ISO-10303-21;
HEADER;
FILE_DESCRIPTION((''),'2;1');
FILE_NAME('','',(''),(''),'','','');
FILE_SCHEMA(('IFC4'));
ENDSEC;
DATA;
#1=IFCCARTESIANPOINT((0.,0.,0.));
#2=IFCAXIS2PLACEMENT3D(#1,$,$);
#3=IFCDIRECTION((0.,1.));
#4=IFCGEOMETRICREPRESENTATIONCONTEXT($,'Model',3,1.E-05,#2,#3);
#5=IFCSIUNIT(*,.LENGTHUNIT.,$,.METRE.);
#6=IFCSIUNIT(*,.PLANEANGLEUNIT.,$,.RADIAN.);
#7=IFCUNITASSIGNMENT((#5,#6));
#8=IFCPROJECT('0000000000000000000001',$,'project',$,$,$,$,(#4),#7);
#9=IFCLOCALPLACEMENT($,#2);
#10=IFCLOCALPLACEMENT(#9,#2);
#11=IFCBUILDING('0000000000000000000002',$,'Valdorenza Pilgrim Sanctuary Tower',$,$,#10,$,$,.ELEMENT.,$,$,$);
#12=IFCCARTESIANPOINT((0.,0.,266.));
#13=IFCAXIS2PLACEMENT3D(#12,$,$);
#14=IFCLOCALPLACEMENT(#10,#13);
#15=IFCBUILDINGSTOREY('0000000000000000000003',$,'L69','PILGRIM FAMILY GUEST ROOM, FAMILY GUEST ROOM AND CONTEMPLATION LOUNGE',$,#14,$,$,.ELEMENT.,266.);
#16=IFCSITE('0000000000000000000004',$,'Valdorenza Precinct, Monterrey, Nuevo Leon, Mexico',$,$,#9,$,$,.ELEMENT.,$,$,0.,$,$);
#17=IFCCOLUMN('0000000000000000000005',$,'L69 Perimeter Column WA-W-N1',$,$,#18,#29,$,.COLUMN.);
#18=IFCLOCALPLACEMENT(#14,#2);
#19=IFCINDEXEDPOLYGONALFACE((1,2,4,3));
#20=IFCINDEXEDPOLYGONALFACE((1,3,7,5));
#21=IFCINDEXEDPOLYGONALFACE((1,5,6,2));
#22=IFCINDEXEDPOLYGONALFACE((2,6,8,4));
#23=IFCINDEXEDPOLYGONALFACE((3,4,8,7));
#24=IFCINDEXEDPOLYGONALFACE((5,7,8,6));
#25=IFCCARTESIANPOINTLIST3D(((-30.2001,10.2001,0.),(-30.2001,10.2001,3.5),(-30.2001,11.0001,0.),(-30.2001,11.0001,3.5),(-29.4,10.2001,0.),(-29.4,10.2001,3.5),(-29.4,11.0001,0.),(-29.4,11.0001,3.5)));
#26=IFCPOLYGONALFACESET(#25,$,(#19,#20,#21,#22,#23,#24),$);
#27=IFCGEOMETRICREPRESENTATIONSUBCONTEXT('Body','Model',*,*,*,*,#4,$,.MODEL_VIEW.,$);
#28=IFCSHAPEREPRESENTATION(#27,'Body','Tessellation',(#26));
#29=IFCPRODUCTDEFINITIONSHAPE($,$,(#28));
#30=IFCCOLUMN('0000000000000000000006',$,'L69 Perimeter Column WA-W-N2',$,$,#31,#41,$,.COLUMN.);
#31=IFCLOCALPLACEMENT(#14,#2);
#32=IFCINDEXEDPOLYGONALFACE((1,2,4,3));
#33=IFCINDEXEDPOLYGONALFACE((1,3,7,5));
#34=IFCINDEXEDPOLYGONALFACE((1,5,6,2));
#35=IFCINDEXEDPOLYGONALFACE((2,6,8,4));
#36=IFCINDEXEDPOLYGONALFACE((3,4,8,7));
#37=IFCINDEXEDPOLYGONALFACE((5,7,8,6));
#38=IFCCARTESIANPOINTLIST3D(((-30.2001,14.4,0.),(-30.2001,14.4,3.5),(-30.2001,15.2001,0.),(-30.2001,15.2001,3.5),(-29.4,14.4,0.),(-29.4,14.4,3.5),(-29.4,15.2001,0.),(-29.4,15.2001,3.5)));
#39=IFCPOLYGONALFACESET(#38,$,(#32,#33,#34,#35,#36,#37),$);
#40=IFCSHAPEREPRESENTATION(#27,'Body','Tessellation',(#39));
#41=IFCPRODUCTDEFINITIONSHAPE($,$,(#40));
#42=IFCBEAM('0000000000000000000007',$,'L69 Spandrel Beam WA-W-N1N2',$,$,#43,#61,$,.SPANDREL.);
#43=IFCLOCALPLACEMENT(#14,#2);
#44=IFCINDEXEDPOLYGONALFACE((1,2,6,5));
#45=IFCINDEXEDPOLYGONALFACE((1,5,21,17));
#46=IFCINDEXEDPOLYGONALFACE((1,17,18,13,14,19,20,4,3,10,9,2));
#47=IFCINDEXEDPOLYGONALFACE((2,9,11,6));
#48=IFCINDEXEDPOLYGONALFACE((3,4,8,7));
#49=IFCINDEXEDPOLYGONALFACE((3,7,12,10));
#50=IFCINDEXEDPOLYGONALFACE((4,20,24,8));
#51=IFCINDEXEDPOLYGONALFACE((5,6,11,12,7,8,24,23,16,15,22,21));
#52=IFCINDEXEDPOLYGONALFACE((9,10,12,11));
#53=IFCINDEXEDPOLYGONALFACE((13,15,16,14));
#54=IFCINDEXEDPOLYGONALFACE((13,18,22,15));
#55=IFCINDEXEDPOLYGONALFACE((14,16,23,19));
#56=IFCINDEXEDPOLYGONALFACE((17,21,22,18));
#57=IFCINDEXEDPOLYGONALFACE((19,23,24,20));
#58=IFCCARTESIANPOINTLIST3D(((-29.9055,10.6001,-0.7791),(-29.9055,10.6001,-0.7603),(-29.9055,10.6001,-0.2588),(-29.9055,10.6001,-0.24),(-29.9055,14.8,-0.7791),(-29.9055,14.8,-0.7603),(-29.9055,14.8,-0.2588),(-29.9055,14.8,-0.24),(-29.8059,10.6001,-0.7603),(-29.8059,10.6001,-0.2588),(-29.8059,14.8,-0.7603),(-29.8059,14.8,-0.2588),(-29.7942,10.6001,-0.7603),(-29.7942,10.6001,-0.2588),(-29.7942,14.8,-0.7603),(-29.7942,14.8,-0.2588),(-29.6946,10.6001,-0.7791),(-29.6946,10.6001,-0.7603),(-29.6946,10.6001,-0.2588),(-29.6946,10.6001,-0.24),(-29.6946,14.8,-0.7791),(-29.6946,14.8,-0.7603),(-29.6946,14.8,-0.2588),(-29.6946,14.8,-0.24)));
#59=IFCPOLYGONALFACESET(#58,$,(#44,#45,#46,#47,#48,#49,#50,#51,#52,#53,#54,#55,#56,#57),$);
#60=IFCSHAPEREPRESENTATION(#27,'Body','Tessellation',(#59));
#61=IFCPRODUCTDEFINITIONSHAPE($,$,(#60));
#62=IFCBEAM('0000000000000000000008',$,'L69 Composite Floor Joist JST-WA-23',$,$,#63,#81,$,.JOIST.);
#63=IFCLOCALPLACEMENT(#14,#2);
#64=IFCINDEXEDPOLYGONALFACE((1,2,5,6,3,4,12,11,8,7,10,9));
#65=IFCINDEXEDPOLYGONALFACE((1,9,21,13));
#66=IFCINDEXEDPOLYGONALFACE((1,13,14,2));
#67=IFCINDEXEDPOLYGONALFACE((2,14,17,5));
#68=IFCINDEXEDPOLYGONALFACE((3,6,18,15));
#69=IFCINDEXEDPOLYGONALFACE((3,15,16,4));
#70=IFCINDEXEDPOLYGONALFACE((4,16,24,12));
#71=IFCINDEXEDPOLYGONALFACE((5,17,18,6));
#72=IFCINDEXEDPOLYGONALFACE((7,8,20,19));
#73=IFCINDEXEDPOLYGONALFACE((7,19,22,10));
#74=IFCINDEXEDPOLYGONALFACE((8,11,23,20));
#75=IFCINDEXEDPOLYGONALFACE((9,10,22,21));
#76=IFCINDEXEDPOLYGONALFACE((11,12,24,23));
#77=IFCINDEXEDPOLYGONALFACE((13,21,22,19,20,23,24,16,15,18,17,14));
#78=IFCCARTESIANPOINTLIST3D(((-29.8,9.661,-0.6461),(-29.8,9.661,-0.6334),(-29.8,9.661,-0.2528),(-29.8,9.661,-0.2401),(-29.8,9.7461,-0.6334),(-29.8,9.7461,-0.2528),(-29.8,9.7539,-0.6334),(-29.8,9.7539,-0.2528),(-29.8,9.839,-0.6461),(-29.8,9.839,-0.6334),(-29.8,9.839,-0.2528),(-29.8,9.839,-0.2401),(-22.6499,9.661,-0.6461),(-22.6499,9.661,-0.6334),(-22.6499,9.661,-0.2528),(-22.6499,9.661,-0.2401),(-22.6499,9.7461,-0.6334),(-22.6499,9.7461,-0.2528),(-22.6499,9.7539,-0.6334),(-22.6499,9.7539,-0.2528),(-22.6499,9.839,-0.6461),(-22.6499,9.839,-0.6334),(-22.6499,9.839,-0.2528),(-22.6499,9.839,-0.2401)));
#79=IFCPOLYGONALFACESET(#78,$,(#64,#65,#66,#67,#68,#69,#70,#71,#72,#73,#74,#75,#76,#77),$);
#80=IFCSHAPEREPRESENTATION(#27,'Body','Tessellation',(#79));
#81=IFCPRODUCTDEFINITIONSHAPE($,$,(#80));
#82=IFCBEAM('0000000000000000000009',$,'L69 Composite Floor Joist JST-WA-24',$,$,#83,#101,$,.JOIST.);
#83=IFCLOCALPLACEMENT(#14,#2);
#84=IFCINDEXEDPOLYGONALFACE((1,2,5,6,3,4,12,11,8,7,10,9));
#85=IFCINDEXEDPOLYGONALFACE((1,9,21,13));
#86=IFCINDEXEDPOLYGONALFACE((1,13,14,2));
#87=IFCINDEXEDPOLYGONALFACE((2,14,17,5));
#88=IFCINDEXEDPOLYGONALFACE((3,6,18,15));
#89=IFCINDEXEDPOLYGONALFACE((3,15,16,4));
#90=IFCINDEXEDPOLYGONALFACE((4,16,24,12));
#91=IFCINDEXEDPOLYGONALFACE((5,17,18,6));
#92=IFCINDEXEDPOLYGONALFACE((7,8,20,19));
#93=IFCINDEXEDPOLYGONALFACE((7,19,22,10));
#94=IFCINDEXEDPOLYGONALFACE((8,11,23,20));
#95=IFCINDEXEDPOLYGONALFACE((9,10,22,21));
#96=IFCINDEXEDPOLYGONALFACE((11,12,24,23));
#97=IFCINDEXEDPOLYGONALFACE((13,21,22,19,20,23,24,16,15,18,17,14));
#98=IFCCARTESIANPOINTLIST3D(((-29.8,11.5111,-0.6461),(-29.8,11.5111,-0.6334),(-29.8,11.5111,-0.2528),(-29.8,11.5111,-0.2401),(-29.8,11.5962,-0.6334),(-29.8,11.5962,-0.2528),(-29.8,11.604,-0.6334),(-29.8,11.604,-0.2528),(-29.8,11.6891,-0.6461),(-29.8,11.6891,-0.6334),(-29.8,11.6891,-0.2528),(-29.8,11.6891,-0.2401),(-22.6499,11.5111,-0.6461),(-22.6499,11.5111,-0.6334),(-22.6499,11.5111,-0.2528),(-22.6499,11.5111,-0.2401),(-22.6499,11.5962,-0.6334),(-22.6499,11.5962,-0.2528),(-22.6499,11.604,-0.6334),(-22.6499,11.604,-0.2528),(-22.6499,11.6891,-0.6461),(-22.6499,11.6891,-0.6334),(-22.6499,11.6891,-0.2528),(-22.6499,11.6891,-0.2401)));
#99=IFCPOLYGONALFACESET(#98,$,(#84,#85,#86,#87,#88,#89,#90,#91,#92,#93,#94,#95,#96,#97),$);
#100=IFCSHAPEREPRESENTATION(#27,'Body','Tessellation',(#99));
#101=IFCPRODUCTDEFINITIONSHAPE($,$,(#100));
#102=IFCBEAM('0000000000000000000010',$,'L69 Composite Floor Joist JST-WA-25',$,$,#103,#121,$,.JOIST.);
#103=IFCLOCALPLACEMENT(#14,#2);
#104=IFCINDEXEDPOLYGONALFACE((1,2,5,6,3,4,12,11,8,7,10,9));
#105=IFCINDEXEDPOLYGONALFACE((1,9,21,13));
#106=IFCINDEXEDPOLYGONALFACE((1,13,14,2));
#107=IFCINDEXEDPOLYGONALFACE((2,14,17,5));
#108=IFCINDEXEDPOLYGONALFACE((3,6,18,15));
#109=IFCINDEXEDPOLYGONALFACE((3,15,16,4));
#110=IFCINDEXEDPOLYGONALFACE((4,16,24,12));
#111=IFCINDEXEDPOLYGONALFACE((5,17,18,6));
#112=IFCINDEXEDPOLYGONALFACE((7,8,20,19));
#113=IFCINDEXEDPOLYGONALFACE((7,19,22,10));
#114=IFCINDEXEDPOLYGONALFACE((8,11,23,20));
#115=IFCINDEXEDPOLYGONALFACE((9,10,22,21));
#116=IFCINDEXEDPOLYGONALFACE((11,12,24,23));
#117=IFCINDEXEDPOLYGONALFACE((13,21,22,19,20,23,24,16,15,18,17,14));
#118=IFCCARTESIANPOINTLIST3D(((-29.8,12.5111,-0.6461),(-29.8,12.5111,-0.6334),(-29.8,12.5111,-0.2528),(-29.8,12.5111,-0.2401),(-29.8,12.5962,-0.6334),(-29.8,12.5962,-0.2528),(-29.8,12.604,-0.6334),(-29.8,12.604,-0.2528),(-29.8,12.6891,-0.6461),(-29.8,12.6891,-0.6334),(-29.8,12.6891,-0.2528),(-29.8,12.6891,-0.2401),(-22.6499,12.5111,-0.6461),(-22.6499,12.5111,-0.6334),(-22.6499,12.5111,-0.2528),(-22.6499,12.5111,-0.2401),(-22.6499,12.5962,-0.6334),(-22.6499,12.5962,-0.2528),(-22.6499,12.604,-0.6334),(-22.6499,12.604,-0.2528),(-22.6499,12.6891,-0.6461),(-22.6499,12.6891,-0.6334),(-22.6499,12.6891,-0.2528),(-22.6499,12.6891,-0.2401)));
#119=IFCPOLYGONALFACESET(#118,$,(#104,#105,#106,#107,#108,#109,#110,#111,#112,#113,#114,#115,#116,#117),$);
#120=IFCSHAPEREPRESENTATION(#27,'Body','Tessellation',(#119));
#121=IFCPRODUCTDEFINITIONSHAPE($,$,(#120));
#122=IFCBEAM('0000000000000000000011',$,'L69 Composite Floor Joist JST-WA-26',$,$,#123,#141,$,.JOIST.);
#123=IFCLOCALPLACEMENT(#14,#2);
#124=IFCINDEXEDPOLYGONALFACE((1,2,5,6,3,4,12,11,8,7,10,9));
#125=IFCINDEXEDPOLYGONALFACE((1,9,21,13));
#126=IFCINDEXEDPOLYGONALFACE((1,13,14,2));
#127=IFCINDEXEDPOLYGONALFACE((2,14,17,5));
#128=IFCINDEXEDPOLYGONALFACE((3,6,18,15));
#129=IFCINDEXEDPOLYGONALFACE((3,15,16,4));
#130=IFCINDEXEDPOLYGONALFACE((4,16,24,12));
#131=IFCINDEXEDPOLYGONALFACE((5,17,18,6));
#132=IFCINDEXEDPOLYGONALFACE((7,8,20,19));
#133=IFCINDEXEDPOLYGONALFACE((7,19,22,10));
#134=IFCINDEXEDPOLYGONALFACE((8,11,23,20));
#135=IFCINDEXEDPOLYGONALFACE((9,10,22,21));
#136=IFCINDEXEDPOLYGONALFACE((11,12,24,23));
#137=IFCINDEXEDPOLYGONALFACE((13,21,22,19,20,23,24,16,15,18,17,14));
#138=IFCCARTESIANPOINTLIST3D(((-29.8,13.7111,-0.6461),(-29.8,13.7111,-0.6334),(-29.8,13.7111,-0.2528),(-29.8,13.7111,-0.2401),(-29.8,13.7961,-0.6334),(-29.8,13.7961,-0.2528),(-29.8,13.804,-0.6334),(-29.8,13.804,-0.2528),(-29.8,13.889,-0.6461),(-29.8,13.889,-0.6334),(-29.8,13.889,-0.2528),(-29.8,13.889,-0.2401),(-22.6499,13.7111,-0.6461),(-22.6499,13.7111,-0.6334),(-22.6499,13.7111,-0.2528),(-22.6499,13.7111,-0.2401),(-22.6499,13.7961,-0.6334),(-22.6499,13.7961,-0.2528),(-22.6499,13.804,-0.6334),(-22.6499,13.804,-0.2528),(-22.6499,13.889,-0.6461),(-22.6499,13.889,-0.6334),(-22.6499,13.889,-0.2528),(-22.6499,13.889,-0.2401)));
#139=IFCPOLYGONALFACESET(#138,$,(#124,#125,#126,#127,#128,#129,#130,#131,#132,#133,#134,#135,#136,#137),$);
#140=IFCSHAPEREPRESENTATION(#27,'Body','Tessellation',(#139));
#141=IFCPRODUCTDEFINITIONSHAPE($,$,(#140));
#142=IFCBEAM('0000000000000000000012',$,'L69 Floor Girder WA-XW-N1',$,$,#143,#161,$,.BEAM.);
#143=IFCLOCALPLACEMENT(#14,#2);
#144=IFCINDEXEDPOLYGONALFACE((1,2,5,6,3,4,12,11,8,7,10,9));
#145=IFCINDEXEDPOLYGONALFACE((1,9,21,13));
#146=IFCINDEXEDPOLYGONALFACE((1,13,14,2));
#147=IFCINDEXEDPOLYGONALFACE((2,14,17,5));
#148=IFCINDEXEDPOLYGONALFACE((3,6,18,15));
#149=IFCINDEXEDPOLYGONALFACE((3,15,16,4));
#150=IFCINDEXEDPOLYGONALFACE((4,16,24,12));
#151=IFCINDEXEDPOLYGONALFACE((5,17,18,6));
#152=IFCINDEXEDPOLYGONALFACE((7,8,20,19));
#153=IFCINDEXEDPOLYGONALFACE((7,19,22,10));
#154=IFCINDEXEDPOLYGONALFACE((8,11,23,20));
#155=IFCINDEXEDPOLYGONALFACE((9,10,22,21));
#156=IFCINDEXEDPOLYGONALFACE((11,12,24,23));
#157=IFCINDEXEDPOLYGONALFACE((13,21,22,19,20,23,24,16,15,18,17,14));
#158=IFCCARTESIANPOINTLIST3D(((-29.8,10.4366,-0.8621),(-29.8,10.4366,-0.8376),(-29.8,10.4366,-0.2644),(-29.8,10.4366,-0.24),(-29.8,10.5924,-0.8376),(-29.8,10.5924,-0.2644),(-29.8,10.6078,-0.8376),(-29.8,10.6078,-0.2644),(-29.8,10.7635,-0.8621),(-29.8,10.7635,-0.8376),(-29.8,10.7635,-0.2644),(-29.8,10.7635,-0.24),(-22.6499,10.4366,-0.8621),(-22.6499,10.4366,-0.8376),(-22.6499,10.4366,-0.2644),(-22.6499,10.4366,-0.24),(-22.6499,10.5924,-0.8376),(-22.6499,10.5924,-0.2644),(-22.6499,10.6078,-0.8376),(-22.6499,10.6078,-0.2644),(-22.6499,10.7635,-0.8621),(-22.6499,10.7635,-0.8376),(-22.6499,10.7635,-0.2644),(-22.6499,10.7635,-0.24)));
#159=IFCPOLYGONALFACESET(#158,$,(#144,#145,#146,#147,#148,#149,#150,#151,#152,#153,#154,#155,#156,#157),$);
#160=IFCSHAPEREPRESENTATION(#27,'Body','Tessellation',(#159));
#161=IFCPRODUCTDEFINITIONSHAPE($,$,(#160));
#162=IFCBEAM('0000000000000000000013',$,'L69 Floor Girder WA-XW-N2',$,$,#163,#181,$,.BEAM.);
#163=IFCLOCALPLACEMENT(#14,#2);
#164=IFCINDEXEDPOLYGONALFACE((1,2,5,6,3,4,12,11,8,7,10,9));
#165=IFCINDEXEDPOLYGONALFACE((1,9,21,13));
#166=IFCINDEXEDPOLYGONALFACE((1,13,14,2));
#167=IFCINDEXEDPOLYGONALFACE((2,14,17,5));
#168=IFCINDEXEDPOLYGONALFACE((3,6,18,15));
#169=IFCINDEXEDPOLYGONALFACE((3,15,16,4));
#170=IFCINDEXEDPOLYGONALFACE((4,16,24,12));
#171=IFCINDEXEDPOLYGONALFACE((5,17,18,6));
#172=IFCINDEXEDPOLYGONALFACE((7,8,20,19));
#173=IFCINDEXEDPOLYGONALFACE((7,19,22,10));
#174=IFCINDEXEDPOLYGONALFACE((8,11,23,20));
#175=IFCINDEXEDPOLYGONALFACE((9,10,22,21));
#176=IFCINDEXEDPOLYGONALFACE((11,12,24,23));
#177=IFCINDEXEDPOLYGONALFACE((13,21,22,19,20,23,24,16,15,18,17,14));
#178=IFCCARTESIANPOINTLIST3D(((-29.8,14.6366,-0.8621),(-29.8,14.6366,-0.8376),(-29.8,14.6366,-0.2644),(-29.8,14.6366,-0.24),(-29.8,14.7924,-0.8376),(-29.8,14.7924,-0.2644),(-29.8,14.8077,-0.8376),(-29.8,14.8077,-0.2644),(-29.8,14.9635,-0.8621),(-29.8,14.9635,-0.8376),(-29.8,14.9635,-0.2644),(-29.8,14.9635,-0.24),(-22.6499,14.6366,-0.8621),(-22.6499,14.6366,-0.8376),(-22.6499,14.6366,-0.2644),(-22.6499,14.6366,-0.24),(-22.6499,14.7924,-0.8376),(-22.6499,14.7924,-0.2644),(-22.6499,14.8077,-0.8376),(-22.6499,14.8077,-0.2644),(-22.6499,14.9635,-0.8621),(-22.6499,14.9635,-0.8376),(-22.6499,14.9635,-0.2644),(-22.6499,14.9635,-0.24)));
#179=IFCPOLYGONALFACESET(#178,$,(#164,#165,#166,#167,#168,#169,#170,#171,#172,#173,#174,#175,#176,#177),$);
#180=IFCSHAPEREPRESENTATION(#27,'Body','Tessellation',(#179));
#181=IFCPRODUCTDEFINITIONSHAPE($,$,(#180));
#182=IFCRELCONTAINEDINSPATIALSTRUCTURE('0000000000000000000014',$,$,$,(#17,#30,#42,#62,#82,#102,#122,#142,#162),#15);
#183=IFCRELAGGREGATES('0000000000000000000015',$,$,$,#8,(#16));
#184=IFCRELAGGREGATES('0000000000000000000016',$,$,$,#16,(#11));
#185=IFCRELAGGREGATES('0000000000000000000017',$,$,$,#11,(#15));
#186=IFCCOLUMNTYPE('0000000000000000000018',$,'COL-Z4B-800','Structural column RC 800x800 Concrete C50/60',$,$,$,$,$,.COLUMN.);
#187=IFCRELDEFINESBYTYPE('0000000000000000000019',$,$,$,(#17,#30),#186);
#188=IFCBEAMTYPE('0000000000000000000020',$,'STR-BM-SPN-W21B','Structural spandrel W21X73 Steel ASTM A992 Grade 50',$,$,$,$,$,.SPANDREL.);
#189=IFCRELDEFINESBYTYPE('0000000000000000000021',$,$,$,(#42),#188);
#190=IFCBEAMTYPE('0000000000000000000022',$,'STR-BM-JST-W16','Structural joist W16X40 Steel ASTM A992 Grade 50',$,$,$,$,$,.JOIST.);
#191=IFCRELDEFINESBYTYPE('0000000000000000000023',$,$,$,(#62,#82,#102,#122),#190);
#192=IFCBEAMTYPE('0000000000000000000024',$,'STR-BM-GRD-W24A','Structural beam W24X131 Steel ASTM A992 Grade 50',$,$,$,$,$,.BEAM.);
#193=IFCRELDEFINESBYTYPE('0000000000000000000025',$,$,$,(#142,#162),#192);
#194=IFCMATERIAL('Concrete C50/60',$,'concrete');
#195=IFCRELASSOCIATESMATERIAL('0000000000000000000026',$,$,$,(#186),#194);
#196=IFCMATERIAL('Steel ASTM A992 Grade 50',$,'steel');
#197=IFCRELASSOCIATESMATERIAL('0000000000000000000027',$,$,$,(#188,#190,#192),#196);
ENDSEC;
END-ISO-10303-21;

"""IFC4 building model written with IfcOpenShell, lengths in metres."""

from ifc_helpers import new_model, si_unit, direction, frame, origin, origin_2d, place, context, subcontext, project, spatial, rectangle, i_section, extrude, source, transform, mapped, material, material_profile, profile_set, type_object, element, save


model = new_model("IFC4")

# Units and contexts
model_context = context("Model", 3, precision=1e-05, world=origin(), true_north=direction((0.0, 1.0)))
body_context = subcontext(model_context, "Body", "Model", "MODEL_VIEW")
ifc_project = project(units=[si_unit("LENGTHUNIT", "METRE"), si_unit("PLANEANGLEUNIT", "RADIAN")], contexts=[model_context])

# Site, building, storey
site_placement = place(None, origin())
site = spatial("IfcSite", under=ifc_project, at=site_placement, Name="Valdorenza Precinct, Monterrey, Nuevo Leon, Mexico", CompositionType="ELEMENT", RefElevation=0.0)
building_placement = place(site_placement, origin())
building = spatial("IfcBuilding", under=site, at=building_placement, Name="Valdorenza Pilgrim Sanctuary Tower", CompositionType="ELEMENT")
storey_placement = place(building_placement, frame((0.0, 0.0, 266.0)))
storey = spatial("IfcBuildingStorey", under=building, at=storey_placement, Name="L69", Description="PILGRIM FAMILY GUEST ROOM, FAMILY GUEST ROOM AND CONTEMPLATION LOUNGE", CompositionType="ELEMENT", Elevation=266.0)

# Columns
ifc_material_1 = material(Name="Concrete C50/60", Category="concrete")
ifc_material_profile_1 = material_profile(ifc_material_1, rectangle(XDim=0.8, YDim=0.8, at=origin_2d()), Name="RC 800x800")
ifc_profile_set_1 = profile_set([ifc_material_profile_1], Name="Concrete C50/60")
column_type = type_object("IfcColumnType", Name="COL-Z4B-800", Description="Structural column RC 800x800 Concrete C50/60", PredefinedType="COLUMN", material=ifc_profile_set_1)
shared_shape_1 = source(origin(), body_context, "Body", "SweptSolid", [
    extrude(rectangle(XDim=0.8, YDim=0.8, at=origin_2d()), origin(), (0.0, 0.0, 1.0), 3.5),
])
for number, where, z_axis, x_axis, name in (
    (1, (-29.8, 10.6001, 0.0), (0.0, 0.0, 1.0), (1.0, 0.0, 0.0), "L69 Perimeter Column WA-W-N1"),
    (2, (-29.8, 14.8, 0.0), (0.0, 0.0, 1.0), (1.0, 0.0, 0.0), "L69 Perimeter Column WA-W-N2"),
):
    element("IfcColumn", number, at=place(storey_placement, frame(where, z_axis=z_axis, x_axis=x_axis)), inside=storey, type_object=column_type, Name=name, PredefinedType="COLUMN", context=body_context, shape_type="MappedRepresentation", body=[
        mapped(shared_shape_1, transform((0.0, 0.0, 0.0), x_axis=(1.0, 0.0, 0.0), y_axis=(0.0, 1.0, 0.0), z_axis=(0.0, 0.0, 1.0), scale=1.0)),
    ])

# Beams
ifc_material_2 = material(Name="Steel ASTM A992 Grade 50", Category="steel")
ifc_material_profile_2 = material_profile(ifc_material_2, i_section(OverallWidth=0.2109, OverallDepth=0.5391, WebThickness=0.0117, FlangeThickness=0.0188, at=origin_2d()), Name="W21X73")
ifc_profile_set_2 = profile_set([ifc_material_profile_2], Name="Steel ASTM A992 Grade 50")
beam_type_1 = type_object("IfcBeamType", Name="STR-BM-SPN-W21B", Description="Structural spandrel W21X73 Steel ASTM A992 Grade 50", PredefinedType="SPANDREL", material=ifc_profile_set_2)
shared_shape_2 = source(origin(), body_context, "Body", "SweptSolid", [
    extrude(i_section(OverallWidth=0.2109, OverallDepth=0.5391, WebThickness=0.0117, FlangeThickness=0.0188, at=origin_2d()), origin(), (0.0, 0.0, 1.0), 4.2),
])
beam_placement = place(storey_placement, frame((-29.8, 10.6001, -0.5095), z_axis=(0.0, 1.0, 0.0), x_axis=(-1.0, 0.0, 0.0)))
element("IfcBeam", 3, at=beam_placement, inside=storey, type_object=beam_type_1, Name="L69 Spandrel Beam WA-W-N1N2", PredefinedType="SPANDREL", context=body_context, shape_type="MappedRepresentation", body=[
    mapped(shared_shape_2, transform((0.0, 0.0, 0.0), x_axis=(1.0, 0.0, 0.0), y_axis=(0.0, 1.0, 0.0), z_axis=(0.0, 0.0, 1.0), scale=1.0)),
])
ifc_material_profile_3 = material_profile(ifc_material_2, i_section(OverallWidth=0.178, OverallDepth=0.406, WebThickness=0.0078, FlangeThickness=0.0127, at=origin_2d()), Name="W16X40")
ifc_profile_set_3 = profile_set([ifc_material_profile_3], Name="Steel ASTM A992 Grade 50")
beam_type_2 = type_object("IfcBeamType", Name="STR-BM-JST-W16", Description="Structural joist W16X40 Steel ASTM A992 Grade 50", PredefinedType="JOIST", material=ifc_profile_set_3)
shared_shape_3 = source(origin(), body_context, "Body", "SweptSolid", [
    extrude(i_section(OverallWidth=0.178, OverallDepth=0.406, WebThickness=0.0078, FlangeThickness=0.0127, at=origin_2d()), origin(), (0.0, 0.0, 1.0), 7.1501),
])
for number, where, z_axis, x_axis, name in (
    (4, (-29.8, 9.75, -0.4431), (1.0, 0.0, 0.0), (0.0, 1.0, 0.0), "L69 Composite Floor Joist JST-WA-23"),
    (5, (-29.8, 11.6001, -0.4431), (1.0, 0.0, 0.0), (0.0, 1.0, 0.0), "L69 Composite Floor Joist JST-WA-24"),
    (6, (-29.8, 12.6001, -0.4431), (1.0, 0.0, 0.0), (0.0, 1.0, 0.0), "L69 Composite Floor Joist JST-WA-25"),
    (7, (-29.8, 13.8, -0.4431), (1.0, 0.0, 0.0), (0.0, 1.0, 0.0), "L69 Composite Floor Joist JST-WA-26"),
):
    element("IfcBeam", number, at=place(storey_placement, frame(where, z_axis=z_axis, x_axis=x_axis)), inside=storey, type_object=beam_type_2, Name=name, PredefinedType="JOIST", context=body_context, shape_type="MappedRepresentation", body=[
        mapped(shared_shape_3, transform((0.0, 0.0, 0.0), x_axis=(1.0, 0.0, 0.0), y_axis=(0.0, 1.0, 0.0), z_axis=(0.0, 0.0, 1.0), scale=1.0)),
    ])
ifc_material_profile_4 = material_profile(ifc_material_2, i_section(OverallWidth=0.3269, OverallDepth=0.6221, WebThickness=0.0154, FlangeThickness=0.0244, at=origin_2d()), Name="W24X131")
ifc_profile_set_4 = profile_set([ifc_material_profile_4], Name="Steel ASTM A992 Grade 50")
beam_type_3 = type_object("IfcBeamType", Name="STR-BM-GRD-W24A", Description="Structural beam W24X131 Steel ASTM A992 Grade 50", PredefinedType="BEAM", material=ifc_profile_set_4)
shared_shape_4 = source(origin(), body_context, "Body", "SweptSolid", [
    extrude(i_section(OverallWidth=0.3269, OverallDepth=0.6221, WebThickness=0.0154, FlangeThickness=0.0244, at=origin_2d()), origin(), (0.0, 0.0, 1.0), 7.1501),
])
for number, where, z_axis, x_axis, name in (
    (8, (-29.8, 10.6001, -0.551), (1.0, 0.0, 0.0), (0.0, 1.0, 0.0), "L69 Floor Girder WA-XW-N1"),
    (9, (-29.8, 14.8, -0.551), (1.0, 0.0, 0.0), (0.0, 1.0, 0.0), "L69 Floor Girder WA-XW-N2"),
):
    element("IfcBeam", number, at=place(storey_placement, frame(where, z_axis=z_axis, x_axis=x_axis)), inside=storey, type_object=beam_type_3, Name=name, PredefinedType="BEAM", context=body_context, shape_type="MappedRepresentation", body=[
        mapped(shared_shape_4, transform((0.0, 0.0, 0.0), x_axis=(1.0, 0.0, 0.0), y_axis=(0.0, 1.0, 0.0), z_axis=(0.0, 0.0, 1.0), scale=1.0)),
    ])

save(model, "model.ifc")
